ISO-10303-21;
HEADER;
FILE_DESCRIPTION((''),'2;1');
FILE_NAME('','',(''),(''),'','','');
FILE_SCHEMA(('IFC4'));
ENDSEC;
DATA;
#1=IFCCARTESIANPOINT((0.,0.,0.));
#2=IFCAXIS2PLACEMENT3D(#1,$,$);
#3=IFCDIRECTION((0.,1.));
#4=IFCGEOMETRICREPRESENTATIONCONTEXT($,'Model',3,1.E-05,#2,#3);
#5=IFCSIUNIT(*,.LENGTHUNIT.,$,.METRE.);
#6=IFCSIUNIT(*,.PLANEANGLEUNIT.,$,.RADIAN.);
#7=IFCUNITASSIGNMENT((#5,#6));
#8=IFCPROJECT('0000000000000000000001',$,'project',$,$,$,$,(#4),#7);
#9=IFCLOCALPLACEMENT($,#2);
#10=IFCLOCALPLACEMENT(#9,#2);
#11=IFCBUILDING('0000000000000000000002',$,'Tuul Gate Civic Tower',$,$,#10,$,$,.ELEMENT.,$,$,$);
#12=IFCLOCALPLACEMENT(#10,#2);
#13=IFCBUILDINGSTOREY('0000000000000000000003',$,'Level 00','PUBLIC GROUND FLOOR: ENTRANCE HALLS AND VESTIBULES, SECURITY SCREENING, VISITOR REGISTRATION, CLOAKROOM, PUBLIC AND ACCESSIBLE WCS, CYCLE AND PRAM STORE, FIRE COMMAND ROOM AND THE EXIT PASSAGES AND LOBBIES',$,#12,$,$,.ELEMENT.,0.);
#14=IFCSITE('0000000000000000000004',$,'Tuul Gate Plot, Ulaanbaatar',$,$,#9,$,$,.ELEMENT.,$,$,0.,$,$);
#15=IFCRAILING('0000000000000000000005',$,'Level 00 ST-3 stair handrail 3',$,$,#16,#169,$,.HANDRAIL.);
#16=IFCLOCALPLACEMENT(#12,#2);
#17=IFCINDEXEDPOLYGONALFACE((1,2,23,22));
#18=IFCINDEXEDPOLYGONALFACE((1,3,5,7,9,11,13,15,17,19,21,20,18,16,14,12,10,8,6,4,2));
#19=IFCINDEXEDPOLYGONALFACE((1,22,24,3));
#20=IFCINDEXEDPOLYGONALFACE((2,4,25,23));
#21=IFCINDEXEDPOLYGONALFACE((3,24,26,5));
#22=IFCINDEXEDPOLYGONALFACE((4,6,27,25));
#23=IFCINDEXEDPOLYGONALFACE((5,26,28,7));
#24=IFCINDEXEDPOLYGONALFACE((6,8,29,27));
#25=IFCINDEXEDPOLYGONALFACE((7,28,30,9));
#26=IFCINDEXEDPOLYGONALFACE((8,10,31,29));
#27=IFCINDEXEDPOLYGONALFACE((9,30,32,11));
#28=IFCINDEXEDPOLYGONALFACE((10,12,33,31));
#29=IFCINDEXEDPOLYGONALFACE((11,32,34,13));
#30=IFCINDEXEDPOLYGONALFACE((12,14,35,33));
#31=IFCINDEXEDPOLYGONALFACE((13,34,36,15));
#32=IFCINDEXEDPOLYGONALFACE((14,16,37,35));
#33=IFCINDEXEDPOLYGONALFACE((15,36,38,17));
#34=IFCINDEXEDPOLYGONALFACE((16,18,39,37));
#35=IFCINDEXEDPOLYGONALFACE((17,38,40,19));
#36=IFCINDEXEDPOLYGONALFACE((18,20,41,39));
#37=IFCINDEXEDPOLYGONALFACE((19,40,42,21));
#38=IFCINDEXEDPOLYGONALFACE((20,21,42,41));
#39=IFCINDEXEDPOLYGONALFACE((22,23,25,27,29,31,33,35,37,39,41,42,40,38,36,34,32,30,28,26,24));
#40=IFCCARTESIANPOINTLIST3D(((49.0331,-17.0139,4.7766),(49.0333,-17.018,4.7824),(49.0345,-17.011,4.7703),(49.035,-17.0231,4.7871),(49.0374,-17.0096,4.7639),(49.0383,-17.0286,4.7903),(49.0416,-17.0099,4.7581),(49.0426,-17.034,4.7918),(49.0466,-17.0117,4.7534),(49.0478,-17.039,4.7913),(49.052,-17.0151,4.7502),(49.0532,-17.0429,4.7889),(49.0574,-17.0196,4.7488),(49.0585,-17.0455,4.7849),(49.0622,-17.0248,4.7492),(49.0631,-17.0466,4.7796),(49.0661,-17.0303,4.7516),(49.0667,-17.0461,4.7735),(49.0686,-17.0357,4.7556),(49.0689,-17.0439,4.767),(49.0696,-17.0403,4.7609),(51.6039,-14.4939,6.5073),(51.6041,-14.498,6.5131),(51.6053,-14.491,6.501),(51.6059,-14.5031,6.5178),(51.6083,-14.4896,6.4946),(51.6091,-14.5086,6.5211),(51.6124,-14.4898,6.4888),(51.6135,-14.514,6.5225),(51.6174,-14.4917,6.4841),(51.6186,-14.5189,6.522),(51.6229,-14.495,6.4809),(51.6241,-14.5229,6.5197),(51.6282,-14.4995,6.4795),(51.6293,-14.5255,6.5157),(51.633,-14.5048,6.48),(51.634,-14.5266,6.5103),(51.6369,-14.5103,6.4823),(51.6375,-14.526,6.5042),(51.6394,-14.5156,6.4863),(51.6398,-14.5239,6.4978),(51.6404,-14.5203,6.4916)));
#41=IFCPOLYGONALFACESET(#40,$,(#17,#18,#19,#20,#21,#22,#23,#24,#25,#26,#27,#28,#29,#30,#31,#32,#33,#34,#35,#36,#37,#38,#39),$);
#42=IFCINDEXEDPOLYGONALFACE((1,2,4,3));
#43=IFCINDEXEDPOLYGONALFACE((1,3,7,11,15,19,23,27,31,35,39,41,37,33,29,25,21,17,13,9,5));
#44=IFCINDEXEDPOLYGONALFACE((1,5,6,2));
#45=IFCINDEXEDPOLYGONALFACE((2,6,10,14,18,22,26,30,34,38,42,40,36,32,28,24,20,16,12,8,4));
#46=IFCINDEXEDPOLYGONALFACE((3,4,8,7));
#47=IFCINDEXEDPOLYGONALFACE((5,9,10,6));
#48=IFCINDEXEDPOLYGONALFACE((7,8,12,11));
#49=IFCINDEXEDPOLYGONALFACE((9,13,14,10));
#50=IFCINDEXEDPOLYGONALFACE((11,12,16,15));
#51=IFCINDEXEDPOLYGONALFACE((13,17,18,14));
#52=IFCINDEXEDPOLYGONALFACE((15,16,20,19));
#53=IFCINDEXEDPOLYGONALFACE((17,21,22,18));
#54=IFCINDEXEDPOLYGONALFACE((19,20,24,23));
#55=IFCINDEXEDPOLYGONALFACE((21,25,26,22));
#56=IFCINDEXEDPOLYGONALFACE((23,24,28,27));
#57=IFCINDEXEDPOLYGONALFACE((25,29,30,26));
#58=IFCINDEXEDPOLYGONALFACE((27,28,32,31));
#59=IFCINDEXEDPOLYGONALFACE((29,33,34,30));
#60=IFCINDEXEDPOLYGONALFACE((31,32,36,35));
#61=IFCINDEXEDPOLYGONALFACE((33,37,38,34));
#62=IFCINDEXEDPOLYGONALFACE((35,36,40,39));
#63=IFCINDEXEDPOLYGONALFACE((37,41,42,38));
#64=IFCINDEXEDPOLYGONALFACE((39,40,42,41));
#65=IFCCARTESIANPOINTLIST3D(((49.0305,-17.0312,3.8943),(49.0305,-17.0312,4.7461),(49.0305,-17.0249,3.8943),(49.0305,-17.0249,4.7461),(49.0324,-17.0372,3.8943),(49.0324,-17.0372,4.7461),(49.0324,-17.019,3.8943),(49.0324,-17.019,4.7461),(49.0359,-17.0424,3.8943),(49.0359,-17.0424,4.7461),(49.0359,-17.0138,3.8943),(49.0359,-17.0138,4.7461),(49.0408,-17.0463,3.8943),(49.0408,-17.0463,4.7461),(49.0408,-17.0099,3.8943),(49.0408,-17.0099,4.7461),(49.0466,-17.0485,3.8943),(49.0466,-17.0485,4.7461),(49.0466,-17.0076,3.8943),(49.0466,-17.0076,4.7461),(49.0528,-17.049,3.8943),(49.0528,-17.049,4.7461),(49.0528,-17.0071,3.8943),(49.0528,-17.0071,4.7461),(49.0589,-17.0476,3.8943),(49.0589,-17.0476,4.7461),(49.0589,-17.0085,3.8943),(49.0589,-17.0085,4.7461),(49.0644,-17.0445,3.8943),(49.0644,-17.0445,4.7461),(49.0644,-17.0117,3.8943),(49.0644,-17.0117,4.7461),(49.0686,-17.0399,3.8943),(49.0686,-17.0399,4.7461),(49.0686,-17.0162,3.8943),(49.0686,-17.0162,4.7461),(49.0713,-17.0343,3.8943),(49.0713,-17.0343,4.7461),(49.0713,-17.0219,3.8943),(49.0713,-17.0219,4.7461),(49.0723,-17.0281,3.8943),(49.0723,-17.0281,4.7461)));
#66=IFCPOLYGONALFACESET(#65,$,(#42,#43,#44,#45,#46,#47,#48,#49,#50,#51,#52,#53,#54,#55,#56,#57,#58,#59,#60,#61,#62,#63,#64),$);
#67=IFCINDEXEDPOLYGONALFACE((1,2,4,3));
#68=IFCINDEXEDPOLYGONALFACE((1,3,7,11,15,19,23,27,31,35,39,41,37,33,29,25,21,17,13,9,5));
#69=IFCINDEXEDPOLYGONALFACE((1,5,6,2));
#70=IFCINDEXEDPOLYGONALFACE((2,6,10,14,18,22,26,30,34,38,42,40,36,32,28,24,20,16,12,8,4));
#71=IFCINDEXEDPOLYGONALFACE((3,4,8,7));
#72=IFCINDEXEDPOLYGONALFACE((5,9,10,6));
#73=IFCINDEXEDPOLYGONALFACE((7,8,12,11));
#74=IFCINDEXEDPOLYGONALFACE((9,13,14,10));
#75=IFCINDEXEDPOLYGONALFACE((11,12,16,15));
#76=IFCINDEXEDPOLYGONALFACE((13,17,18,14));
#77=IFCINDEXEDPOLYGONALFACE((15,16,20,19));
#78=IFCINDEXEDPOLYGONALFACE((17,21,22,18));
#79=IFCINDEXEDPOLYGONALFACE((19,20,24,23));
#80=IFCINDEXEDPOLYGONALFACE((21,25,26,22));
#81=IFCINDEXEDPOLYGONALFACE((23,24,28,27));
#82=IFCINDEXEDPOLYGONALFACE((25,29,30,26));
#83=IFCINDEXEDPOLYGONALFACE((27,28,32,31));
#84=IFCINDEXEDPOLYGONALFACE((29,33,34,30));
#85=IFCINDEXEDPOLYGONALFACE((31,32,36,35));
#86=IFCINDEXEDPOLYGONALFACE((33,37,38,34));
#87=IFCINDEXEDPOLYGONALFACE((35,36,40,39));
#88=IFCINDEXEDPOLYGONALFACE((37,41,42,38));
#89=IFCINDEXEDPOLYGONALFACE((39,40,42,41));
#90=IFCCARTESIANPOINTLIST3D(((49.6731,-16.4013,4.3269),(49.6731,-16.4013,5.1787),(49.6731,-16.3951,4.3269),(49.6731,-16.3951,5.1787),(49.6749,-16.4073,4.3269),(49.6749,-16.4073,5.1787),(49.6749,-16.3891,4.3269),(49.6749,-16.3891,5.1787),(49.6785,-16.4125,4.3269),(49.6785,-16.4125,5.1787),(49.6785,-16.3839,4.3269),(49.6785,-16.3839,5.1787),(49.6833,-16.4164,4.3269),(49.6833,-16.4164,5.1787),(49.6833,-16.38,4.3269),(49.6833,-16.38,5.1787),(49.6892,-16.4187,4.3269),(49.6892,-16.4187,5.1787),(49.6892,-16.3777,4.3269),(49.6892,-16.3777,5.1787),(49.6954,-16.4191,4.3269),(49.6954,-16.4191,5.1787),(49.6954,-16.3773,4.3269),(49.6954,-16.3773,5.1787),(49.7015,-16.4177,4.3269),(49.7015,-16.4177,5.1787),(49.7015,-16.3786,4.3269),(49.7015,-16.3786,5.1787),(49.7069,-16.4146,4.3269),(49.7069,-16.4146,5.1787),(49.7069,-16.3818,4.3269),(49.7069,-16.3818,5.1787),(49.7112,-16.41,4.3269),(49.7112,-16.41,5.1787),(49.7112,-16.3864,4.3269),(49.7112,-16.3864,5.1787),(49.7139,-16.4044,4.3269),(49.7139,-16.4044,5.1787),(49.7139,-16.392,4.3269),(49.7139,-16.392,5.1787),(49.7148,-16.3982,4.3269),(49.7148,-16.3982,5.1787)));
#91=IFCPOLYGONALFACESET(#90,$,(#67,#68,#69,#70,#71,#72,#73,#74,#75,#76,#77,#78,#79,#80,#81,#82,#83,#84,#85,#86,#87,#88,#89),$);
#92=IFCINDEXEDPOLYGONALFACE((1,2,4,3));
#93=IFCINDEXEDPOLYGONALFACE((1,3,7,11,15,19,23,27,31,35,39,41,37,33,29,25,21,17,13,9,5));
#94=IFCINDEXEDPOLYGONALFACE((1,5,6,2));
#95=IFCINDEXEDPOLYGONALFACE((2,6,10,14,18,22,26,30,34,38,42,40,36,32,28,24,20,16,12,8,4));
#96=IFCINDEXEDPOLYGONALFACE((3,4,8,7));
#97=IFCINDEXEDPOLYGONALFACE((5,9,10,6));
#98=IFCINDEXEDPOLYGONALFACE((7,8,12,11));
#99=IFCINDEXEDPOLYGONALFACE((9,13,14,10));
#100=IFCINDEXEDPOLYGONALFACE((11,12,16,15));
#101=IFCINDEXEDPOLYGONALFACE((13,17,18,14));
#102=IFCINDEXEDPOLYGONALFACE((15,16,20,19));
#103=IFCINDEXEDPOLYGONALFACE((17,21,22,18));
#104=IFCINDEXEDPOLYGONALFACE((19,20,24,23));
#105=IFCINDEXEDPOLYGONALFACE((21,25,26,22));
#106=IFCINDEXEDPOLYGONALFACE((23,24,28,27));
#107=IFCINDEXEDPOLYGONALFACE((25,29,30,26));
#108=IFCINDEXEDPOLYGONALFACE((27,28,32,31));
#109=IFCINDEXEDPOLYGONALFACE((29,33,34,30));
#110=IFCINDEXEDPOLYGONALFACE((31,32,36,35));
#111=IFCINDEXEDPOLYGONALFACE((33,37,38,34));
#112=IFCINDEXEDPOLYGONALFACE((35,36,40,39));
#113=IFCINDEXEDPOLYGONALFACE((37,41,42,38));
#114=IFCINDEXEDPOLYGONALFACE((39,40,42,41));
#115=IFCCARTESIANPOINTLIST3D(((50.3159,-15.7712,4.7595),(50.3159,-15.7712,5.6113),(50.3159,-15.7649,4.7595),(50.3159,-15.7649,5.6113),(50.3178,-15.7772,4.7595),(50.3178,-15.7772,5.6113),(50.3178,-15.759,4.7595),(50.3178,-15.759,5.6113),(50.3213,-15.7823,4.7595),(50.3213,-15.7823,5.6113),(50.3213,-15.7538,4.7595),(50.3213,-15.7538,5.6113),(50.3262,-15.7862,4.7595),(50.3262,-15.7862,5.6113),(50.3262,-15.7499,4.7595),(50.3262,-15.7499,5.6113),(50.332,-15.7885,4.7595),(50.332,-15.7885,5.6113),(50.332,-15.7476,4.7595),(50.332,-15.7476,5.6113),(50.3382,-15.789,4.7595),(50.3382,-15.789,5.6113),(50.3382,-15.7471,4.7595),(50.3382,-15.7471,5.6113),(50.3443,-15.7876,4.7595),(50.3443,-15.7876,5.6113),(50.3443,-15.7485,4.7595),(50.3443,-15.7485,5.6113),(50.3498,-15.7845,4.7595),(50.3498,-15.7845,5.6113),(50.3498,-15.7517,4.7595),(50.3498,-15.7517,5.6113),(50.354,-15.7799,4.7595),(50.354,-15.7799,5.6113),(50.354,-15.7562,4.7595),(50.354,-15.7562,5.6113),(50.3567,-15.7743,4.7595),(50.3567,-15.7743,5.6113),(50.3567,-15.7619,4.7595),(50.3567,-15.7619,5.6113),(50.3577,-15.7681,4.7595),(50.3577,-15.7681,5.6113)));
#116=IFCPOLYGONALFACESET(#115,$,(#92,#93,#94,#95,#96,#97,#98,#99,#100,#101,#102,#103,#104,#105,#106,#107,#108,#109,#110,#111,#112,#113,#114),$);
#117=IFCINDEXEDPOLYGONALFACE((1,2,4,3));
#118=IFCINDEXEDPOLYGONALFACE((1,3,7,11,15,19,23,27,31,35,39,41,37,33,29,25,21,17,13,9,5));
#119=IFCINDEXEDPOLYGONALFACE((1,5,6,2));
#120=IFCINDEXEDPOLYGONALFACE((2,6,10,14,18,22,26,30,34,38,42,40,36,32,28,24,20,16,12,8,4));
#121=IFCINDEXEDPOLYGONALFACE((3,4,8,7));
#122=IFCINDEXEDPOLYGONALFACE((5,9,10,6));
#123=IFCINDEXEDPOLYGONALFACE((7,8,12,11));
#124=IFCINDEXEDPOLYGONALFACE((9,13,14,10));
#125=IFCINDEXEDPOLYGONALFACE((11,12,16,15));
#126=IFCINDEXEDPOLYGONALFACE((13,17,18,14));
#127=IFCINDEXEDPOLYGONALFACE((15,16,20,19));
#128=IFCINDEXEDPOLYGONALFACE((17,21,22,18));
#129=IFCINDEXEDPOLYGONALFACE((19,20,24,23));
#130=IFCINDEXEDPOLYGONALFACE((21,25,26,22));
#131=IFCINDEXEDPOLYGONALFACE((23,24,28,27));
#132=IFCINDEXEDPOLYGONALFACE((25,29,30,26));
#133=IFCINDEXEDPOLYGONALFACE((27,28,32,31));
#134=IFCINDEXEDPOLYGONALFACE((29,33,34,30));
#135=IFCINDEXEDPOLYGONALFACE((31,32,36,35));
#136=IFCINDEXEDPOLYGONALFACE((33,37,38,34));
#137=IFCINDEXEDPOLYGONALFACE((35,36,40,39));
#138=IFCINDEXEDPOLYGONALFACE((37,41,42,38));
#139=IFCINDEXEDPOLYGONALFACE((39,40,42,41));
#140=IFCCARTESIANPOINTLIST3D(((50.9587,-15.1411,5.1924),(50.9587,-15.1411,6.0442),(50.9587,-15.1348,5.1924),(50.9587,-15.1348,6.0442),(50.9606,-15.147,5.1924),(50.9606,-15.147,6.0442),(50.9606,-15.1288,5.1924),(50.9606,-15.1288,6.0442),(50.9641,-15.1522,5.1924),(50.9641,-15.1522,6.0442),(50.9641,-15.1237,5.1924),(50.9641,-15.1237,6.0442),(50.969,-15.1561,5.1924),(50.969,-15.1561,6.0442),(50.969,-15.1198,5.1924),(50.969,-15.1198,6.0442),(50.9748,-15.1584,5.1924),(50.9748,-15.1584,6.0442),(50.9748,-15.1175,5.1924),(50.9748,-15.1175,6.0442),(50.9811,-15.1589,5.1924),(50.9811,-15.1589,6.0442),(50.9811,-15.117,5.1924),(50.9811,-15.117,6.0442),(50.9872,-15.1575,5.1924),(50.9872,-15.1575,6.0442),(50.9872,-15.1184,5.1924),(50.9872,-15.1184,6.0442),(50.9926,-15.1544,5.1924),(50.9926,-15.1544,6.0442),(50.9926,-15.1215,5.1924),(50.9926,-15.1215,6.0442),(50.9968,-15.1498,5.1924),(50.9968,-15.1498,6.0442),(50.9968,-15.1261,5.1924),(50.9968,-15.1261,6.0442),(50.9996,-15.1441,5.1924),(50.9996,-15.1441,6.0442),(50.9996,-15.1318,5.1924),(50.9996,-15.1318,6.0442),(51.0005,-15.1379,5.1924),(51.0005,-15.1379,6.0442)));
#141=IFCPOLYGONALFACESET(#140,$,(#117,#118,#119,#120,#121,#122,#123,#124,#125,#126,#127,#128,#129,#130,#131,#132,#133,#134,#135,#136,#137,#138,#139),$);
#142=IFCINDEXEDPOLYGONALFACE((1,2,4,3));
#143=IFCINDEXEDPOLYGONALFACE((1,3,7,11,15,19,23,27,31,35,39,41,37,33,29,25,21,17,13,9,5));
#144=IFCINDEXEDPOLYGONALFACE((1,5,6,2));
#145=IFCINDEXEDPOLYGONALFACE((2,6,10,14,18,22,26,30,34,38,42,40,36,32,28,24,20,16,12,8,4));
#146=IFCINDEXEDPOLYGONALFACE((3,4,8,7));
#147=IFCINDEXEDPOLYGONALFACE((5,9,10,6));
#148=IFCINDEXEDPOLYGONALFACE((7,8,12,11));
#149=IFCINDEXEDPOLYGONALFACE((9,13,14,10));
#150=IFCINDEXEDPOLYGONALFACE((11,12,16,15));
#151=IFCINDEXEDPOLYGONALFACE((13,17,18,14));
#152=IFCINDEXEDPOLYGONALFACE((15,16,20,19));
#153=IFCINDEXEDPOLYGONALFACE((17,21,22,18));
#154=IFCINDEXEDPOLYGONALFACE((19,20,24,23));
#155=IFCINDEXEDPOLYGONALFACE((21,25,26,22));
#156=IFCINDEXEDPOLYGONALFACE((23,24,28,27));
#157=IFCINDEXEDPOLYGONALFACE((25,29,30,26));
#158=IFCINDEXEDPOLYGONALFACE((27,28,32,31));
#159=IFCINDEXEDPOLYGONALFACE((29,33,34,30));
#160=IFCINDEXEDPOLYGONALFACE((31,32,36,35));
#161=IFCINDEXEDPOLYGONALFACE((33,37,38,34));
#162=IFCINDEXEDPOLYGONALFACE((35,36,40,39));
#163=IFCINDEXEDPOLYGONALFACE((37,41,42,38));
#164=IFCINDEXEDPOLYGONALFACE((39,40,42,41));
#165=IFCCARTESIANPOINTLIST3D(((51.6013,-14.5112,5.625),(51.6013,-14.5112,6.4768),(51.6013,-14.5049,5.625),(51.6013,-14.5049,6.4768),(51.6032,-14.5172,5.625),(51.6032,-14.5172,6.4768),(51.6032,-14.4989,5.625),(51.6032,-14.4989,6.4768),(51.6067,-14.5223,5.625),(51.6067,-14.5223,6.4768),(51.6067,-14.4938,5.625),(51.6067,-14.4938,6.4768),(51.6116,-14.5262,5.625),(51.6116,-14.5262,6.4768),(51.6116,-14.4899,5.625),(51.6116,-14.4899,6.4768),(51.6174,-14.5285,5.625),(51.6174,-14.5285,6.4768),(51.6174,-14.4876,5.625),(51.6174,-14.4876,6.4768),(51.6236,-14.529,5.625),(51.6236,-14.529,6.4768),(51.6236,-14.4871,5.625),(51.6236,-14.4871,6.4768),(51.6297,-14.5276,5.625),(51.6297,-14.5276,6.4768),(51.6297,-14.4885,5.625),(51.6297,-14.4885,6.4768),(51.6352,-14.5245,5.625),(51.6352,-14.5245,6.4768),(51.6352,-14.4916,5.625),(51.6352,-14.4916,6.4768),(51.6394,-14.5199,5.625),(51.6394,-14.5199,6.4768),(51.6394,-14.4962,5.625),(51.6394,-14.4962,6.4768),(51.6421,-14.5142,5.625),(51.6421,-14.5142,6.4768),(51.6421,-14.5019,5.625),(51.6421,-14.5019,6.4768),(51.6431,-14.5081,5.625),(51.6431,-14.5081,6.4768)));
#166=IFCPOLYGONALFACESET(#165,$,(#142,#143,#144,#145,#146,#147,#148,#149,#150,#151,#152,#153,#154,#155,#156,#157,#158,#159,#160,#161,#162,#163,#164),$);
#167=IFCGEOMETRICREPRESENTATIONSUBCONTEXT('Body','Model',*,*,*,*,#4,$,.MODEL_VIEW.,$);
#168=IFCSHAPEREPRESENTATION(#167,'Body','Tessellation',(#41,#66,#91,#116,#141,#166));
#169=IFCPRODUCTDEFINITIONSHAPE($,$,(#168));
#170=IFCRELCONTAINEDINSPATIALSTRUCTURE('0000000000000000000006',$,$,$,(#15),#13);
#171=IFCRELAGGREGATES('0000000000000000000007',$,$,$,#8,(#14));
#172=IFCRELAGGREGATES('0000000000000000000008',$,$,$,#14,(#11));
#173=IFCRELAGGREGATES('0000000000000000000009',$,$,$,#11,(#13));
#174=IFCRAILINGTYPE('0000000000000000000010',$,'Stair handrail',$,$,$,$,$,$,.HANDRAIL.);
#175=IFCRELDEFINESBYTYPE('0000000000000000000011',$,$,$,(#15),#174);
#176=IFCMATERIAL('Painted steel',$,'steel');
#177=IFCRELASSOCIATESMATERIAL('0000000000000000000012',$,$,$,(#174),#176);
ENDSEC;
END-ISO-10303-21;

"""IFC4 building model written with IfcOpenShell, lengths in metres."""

from ifc_helpers import new_model, si_unit, direction, frame, origin, origin_2d, place, context, subcontext, project, spatial, circle, extrude, material, type_object, element, save


model = new_model("IFC4")

# Units and contexts
model_context = context("Model", 3, precision=1e-05, world=origin(), true_north=direction((0.0, 1.0)))
body_context = subcontext(model_context, "Body", "Model", "MODEL_VIEW")
ifc_project = project(units=[si_unit("LENGTHUNIT", "METRE"), si_unit("PLANEANGLEUNIT", "RADIAN")], contexts=[model_context])

# Site, building, storey
site_placement = place(None, origin())
site = spatial("IfcSite", under=ifc_project, at=site_placement, Name="Tuul Gate Plot, Ulaanbaatar", CompositionType="ELEMENT", RefElevation=0.0)
building_placement = place(site_placement, origin())
building = spatial("IfcBuilding", under=site, at=building_placement, Name="Tuul Gate Civic Tower", CompositionType="ELEMENT")
storey_placement = place(building_placement, origin())
storey = spatial("IfcBuildingStorey", under=building, at=storey_placement, Name="Level 00", Description="PUBLIC GROUND FLOOR: ENTRANCE HALLS AND VESTIBULES, SECURITY SCREENING, VISITOR REGISTRATION, CLOAKROOM, PUBLIC AND ACCESSIBLE WCS, CYCLE AND PRAM STORE, FIRE COMMAND ROOM AND THE EXIT PASSAGES AND LOBBIES", CompositionType="ELEMENT", Elevation=0.0)

# Railing
ifc_material_1 = material(Name="Painted steel", Category="steel")
railing_type_1 = type_object("IfcRailingType", Name="Stair handrail", PredefinedType="HANDRAIL", material=ifc_material_1)
railing_1_placement = place(storey_placement, frame((49.0513, -17.0281, 3.8943)))
element("IfcRailing", 1, at=railing_1_placement, inside=storey, type_object=railing_type_1, Name="Level 00 ST-3 stair handrail 3", PredefinedType="HANDRAIL", context=body_context, shape_type="SweptSolid", body=[
    extrude(circle(Radius=0.0239, at=origin_2d()), frame((0.0, 0.0, 0.876), z_axis=(0.643608, 0.630895, 0.43329), x_axis=(-0.700019, 0.714125, 0.0)), (0.0, 0.0, 1.0), 3.9944),
    extrude(circle(Radius=0.021, at=origin_2d()), origin(), (0.0, 0.0, 1.0), 0.8518),
    extrude(circle(Radius=0.021, at=origin_2d()), frame((0.6426, 0.6299, 0.4326)), (0.0, 0.0, 1.0), 0.8518),
    extrude(circle(Radius=0.021, at=origin_2d()), frame((1.2854, 1.26, 0.8652)), (0.0, 0.0, 1.0), 0.8518),
    extrude(circle(Radius=0.021, at=origin_2d()), frame((1.9282, 1.8901, 1.2981)), (0.0, 0.0, 1.0), 0.8518),
    extrude(circle(Radius=0.021, at=origin_2d()), frame((2.5708, 2.52, 1.7307)), (0.0, 0.0, 1.0), 0.8518),
])

save(model, "model.ifc")
